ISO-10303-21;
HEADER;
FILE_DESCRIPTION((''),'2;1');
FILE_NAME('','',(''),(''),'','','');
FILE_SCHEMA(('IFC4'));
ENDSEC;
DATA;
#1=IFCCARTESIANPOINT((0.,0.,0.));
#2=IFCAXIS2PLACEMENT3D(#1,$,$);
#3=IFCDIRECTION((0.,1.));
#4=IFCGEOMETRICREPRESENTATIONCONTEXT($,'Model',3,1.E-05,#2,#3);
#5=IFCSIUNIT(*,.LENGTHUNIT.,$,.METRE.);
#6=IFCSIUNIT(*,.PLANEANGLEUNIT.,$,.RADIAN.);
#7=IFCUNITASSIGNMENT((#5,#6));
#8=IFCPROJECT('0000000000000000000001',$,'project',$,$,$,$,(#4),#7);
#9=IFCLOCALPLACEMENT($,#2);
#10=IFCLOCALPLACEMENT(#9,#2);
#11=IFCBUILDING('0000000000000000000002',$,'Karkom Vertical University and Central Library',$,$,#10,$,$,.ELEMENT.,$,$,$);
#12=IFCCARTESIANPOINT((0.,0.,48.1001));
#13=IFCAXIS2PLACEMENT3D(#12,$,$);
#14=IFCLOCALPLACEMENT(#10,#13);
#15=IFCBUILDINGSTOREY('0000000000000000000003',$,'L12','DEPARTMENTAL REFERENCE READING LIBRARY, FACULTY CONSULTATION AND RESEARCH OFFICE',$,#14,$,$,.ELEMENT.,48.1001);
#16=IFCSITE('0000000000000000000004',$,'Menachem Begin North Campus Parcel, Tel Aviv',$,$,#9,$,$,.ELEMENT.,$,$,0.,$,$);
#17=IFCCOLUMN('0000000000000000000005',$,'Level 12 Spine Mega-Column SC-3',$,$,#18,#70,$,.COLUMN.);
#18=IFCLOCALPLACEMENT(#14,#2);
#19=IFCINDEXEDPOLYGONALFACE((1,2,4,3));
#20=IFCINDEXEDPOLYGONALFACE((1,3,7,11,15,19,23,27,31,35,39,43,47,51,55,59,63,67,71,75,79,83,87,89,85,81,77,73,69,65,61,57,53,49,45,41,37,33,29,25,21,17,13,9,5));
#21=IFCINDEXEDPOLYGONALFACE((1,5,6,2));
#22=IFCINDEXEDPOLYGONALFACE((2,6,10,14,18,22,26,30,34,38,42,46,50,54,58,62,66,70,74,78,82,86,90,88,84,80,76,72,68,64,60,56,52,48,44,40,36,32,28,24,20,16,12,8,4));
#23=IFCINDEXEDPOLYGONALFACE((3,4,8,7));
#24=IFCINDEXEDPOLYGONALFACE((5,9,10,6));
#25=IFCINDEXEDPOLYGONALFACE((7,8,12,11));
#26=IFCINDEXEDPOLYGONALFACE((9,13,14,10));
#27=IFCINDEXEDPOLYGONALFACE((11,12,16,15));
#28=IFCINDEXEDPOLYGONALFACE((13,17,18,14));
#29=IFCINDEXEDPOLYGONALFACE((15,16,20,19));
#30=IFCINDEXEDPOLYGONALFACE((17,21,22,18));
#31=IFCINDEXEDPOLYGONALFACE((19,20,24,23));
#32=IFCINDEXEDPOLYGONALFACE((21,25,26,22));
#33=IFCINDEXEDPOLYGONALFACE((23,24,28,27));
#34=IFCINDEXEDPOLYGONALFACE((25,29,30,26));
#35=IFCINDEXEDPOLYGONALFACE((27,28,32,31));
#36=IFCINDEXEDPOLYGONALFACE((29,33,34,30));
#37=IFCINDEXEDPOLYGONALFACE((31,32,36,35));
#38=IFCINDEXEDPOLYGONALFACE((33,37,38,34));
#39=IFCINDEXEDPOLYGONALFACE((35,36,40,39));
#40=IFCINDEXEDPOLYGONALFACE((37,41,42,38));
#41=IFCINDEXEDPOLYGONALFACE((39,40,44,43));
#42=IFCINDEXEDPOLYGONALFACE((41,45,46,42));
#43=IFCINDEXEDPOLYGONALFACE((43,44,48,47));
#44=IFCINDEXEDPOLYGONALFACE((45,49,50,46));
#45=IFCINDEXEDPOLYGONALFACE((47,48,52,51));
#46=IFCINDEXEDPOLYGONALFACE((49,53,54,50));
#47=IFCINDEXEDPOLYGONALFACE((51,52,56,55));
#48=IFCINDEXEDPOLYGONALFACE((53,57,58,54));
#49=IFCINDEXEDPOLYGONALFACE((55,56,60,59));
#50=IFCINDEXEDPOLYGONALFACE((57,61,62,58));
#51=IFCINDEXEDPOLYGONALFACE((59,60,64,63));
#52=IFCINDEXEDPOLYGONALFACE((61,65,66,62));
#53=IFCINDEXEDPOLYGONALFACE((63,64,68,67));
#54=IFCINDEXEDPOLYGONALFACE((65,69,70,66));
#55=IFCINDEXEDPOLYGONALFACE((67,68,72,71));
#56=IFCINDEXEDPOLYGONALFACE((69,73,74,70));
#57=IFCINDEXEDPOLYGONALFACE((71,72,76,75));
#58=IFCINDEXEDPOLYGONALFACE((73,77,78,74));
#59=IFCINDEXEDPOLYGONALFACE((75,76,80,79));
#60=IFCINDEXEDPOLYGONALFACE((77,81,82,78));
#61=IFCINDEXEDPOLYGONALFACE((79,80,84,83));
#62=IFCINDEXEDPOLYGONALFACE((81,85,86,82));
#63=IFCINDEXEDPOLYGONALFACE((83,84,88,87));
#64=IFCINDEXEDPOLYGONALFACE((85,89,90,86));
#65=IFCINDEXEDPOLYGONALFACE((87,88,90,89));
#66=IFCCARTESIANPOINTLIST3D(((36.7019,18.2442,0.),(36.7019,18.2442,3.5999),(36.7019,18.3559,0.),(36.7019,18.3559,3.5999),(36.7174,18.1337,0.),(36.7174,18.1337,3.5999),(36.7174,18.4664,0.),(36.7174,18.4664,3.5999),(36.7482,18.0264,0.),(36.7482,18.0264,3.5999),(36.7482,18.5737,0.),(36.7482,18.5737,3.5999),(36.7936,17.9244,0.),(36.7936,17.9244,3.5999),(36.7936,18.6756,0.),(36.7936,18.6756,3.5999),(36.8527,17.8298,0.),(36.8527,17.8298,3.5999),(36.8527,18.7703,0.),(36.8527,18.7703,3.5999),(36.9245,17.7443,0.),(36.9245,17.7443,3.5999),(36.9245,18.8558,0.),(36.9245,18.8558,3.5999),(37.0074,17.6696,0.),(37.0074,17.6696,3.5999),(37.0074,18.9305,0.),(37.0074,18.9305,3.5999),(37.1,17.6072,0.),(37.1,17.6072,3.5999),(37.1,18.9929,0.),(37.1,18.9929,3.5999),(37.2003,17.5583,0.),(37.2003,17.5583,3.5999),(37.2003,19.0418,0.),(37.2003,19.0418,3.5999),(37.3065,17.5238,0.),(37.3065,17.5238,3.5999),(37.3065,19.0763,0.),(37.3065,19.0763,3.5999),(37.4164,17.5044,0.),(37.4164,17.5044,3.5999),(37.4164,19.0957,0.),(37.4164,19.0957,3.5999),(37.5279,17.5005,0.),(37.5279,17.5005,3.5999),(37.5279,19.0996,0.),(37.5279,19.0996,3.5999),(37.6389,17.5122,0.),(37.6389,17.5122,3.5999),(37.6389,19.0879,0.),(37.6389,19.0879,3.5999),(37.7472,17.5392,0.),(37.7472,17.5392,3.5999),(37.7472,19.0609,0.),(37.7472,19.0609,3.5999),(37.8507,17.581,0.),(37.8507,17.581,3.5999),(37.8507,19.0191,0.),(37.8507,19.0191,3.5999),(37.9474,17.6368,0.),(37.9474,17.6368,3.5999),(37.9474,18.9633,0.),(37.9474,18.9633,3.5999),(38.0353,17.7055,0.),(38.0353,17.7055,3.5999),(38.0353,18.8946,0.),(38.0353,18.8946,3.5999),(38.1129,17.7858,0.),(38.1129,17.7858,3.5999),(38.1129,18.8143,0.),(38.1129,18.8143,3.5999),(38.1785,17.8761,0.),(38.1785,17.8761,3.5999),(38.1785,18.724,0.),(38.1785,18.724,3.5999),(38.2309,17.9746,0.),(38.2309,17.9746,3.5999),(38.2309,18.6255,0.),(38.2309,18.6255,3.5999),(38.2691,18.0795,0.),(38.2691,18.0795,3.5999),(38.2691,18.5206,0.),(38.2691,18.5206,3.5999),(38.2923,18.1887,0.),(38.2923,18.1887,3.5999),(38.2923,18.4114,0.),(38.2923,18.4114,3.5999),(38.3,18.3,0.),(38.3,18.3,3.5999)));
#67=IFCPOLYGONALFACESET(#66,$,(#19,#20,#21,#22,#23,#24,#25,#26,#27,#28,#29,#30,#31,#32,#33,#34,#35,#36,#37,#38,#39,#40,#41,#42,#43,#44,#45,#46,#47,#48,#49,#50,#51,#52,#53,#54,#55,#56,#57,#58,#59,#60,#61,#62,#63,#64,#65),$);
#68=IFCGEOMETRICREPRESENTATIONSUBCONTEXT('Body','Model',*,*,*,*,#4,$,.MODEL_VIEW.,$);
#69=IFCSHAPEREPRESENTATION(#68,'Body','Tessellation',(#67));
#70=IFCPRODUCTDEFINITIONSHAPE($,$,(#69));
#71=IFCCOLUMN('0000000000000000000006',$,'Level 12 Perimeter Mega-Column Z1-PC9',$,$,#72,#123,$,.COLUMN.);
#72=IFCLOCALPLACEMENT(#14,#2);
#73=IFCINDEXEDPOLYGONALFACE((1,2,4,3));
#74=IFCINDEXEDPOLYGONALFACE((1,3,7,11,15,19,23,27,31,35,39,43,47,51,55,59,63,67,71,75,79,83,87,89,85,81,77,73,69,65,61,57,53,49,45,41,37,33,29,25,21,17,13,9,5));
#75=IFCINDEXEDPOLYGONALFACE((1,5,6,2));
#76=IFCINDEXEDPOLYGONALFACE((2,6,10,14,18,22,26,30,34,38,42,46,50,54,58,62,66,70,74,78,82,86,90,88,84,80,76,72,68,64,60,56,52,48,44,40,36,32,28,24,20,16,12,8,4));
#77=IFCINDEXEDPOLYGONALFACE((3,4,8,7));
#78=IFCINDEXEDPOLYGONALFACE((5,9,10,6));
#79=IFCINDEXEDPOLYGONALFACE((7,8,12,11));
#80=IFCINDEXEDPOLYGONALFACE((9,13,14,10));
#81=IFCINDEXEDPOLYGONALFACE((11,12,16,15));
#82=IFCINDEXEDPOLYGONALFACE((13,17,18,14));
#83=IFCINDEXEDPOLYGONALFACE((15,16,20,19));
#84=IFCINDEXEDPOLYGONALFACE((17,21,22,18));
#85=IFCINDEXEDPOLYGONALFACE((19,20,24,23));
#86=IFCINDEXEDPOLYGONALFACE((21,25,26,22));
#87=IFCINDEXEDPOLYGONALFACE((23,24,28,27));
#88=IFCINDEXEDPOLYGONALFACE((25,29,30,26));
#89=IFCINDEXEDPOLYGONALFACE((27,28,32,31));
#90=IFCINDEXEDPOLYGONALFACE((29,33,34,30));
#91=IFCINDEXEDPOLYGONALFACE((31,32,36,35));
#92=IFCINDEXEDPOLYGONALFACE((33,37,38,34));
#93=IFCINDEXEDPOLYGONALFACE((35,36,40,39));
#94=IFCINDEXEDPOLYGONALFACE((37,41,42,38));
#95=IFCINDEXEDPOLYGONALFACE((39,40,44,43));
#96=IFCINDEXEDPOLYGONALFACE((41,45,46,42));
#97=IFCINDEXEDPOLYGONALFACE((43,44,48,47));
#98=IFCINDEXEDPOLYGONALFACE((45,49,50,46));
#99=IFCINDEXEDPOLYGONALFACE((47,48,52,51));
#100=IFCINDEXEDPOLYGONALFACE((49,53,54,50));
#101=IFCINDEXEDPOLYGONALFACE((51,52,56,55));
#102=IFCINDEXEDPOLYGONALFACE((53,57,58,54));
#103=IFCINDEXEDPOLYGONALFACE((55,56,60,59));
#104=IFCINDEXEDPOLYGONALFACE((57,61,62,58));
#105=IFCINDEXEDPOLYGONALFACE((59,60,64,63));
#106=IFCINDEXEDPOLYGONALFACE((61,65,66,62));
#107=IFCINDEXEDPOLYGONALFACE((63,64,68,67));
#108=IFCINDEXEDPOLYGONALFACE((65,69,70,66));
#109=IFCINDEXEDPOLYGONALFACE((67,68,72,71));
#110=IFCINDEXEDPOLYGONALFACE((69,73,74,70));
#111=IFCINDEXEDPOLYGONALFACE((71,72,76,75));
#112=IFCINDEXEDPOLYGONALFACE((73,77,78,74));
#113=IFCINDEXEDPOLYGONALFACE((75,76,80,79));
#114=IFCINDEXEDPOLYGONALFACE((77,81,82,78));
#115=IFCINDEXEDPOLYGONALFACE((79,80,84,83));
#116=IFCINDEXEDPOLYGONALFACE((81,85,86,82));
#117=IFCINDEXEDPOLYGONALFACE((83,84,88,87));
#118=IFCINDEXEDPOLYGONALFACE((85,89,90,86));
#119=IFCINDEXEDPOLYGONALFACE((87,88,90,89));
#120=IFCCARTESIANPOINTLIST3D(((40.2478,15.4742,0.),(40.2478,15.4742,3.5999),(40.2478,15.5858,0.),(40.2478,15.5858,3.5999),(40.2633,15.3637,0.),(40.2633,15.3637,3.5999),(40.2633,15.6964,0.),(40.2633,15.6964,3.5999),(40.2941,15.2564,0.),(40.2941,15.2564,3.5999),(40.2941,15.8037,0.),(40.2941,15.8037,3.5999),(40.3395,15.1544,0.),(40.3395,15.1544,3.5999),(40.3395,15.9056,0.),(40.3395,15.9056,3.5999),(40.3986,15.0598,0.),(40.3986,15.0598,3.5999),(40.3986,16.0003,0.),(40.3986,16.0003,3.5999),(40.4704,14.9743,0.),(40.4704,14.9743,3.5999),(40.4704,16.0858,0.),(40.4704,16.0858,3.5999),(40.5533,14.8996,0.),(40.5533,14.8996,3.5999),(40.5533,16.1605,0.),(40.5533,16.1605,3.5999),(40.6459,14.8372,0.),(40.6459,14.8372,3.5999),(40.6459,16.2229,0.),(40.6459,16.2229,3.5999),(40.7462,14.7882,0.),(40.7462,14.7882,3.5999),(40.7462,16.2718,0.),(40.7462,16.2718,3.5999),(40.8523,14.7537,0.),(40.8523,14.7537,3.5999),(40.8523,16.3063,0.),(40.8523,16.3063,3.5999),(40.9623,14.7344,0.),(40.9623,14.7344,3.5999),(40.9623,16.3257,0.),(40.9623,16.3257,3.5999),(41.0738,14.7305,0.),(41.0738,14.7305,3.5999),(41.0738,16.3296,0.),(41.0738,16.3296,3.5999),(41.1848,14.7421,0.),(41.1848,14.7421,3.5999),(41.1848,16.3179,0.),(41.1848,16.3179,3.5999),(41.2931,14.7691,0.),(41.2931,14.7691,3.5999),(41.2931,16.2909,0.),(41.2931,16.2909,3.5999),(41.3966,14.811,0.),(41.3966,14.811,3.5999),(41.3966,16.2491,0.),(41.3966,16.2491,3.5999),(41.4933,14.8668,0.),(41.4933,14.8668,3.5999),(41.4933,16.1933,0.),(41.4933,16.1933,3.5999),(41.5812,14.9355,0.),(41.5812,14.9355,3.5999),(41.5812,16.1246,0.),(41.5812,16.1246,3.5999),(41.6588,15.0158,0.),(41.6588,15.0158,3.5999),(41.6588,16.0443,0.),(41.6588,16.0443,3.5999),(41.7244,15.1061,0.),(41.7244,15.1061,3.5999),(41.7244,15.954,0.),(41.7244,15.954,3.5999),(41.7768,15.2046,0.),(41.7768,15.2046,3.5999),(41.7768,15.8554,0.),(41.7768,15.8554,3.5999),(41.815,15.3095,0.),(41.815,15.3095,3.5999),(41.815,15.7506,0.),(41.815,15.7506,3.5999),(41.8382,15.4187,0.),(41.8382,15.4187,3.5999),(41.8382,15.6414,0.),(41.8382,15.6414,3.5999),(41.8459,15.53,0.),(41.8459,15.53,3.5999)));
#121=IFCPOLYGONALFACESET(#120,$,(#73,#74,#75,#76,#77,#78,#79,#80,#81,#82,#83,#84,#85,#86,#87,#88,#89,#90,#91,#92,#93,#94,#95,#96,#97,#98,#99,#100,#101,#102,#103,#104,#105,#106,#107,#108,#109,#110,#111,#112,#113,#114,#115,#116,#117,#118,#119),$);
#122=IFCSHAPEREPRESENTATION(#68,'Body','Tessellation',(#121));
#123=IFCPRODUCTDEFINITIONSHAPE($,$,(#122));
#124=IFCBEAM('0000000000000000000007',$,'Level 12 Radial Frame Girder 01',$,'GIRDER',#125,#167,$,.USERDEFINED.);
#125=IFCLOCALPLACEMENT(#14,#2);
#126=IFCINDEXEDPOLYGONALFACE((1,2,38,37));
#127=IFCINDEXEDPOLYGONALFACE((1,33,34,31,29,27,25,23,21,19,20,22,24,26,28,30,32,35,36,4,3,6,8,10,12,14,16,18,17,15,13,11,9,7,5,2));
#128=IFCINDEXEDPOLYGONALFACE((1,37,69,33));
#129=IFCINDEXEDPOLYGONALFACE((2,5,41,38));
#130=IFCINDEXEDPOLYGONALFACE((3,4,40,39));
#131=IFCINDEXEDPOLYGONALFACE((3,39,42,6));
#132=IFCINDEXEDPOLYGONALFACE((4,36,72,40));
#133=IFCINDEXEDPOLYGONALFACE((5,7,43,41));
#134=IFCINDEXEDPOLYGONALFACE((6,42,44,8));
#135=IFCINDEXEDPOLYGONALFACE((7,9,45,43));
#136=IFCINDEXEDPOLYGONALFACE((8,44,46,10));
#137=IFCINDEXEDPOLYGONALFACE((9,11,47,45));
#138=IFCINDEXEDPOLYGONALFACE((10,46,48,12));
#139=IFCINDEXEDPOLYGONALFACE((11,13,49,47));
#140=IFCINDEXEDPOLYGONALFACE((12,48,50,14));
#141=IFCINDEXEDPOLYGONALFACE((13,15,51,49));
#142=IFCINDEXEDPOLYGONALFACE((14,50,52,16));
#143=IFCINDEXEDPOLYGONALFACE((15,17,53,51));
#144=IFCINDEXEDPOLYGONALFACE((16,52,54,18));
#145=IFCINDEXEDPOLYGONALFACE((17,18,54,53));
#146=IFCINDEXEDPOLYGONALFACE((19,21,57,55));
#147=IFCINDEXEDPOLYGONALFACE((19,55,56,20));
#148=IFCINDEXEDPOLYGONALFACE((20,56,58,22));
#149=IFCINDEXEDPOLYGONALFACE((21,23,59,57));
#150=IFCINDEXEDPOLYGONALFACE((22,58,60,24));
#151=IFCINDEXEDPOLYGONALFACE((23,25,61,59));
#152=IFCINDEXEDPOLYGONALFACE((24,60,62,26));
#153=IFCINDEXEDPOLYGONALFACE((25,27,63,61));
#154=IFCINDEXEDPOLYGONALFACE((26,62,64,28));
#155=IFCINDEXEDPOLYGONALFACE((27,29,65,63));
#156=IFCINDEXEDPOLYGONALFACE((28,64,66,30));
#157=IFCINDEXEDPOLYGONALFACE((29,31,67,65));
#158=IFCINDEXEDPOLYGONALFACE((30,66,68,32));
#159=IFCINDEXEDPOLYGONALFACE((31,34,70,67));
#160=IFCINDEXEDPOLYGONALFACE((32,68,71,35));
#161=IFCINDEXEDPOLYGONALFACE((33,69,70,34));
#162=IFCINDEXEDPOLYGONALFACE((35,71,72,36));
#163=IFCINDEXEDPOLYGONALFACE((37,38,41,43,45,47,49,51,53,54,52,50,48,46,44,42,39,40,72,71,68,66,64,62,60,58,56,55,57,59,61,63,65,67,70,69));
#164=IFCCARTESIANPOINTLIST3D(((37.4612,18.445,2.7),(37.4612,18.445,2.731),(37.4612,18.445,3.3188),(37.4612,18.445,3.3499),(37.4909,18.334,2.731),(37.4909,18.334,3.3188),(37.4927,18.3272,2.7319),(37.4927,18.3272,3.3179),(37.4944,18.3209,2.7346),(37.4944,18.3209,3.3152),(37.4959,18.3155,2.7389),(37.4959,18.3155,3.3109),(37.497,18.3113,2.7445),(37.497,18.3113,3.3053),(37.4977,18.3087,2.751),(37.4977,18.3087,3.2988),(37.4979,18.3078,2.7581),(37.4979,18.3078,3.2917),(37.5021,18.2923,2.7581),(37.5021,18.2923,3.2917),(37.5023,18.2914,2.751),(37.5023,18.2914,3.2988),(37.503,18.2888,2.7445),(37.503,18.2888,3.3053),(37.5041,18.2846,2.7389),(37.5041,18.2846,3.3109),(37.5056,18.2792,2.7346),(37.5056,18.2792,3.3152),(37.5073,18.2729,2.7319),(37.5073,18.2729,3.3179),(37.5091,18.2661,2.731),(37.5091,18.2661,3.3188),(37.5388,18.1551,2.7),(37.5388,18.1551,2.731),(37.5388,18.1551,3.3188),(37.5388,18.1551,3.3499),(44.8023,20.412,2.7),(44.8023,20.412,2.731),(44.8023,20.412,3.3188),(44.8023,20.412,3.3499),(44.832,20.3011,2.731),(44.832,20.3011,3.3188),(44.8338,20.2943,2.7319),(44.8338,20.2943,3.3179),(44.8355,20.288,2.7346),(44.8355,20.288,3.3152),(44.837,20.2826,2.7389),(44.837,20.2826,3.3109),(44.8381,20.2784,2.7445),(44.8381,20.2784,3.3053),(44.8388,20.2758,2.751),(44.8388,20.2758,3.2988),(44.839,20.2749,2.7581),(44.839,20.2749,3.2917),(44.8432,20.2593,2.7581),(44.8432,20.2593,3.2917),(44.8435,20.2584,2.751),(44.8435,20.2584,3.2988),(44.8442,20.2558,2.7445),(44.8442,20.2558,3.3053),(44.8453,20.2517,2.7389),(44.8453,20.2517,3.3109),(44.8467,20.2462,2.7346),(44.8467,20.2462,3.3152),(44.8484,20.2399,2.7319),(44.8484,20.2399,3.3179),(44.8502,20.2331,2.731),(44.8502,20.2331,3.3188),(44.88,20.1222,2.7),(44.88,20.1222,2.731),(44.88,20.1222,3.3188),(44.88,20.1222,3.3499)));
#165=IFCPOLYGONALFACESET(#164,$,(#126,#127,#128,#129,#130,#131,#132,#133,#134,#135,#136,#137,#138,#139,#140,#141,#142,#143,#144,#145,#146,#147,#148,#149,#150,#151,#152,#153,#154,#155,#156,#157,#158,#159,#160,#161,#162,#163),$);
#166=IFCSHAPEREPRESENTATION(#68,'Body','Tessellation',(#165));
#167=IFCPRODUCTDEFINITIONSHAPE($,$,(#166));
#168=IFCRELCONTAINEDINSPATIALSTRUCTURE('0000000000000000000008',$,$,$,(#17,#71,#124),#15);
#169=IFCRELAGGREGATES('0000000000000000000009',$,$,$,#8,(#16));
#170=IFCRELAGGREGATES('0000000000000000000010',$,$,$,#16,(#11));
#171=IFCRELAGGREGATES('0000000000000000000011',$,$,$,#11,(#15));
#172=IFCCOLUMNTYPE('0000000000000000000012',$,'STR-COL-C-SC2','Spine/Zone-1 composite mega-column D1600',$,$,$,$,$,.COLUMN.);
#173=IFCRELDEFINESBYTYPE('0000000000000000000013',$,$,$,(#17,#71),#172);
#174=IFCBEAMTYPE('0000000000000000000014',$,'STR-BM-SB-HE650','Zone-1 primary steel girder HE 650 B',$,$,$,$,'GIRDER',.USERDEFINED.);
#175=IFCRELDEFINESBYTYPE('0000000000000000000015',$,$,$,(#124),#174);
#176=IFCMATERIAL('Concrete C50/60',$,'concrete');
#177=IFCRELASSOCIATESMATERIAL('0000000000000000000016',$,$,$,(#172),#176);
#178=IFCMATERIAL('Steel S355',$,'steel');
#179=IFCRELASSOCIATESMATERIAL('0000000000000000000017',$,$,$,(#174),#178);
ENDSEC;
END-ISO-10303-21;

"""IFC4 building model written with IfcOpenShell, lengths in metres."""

from ifc_helpers import new_model, si_unit, direction, frame, origin, origin_with_axes, origin_2d, place, context, subcontext, project, spatial, circle, i_section, extrude, source, transform, mapped, material, material_profile, profile_set, type_object, element, save


model = new_model("IFC4")

# Units and contexts
model_context = context("Model", 3, precision=1e-05, world=origin(), true_north=direction((0.0, 1.0)))
body_context = subcontext(model_context, "Body", "Model", "MODEL_VIEW")
ifc_project = project(units=[si_unit("LENGTHUNIT", "METRE"), si_unit("PLANEANGLEUNIT", "RADIAN")], contexts=[model_context])

# Site, building, storey
site_placement = place(None, origin())
site = spatial("IfcSite", under=ifc_project, at=site_placement, Name="Menachem Begin North Campus Parcel, Tel Aviv", CompositionType="ELEMENT", RefElevation=0.0)
building_placement = place(site_placement, origin())
building = spatial("IfcBuilding", under=site, at=building_placement, Name="Karkom Vertical University and Central Library", CompositionType="ELEMENT")
storey_placement = place(building_placement, frame((0.0, 0.0, 48.1001)))
storey = spatial("IfcBuildingStorey", under=building, at=storey_placement, Name="L12", Description="DEPARTMENTAL REFERENCE READING LIBRARY, FACULTY CONSULTATION AND RESEARCH OFFICE", CompositionType="ELEMENT", Elevation=48.1001)

# Columns
ifc_material_1 = material(Name="Concrete C50/60", Category="concrete")
ifc_material_profile_1 = material_profile(ifc_material_1, circle(Radius=0.8, at=origin_2d()), Name="CFT-D1600")
ifc_profile_set_1 = profile_set([ifc_material_profile_1], Name="Concrete C50/60")
column_type = type_object("IfcColumnType", Name="STR-COL-C-SC2", Description="Spine/Zone-1 composite mega-column D1600", PredefinedType="COLUMN", material=ifc_profile_set_1)
shared_shape_1 = source(origin_with_axes(), body_context, "Body", "SweptSolid", [
    extrude(circle(Radius=0.8, at=origin_2d()), origin(), (0.0, 0.0, 1.0), 3.5999),
])
for number, where, z_axis, x_axis, name in (
    (1, (37.5, 18.3, 0.0), (0.0, 0.0, 1.0), (1.0, 0.0, 0.0), "Level 12 Spine Mega-Column SC-3"),
    (2, (41.0459, 15.53, 0.0), (0.0, 0.0, 1.0), (1.0, 0.0, 0.0), "Level 12 Perimeter Mega-Column Z1-PC9"),
):
    element("IfcColumn", number, at=place(storey_placement, frame(where, z_axis=z_axis, x_axis=x_axis)), inside=storey, type_object=column_type, Name=name, PredefinedType="COLUMN", context=body_context, shape_type="MappedRepresentation", body=[
        mapped(shared_shape_1, transform((0.0, 0.0, 0.0), scale=1.0)),
    ])

# Beam
ifc_material_2 = material(Name="Steel S355", Category="steel")
ifc_material_profile_2 = material_profile(ifc_material_2, i_section(OverallWidth=0.3, OverallDepth=0.6499, WebThickness=0.0161, FlangeThickness=0.031, FilletRadius=0.0271, at=origin_2d()), Name="HE 650 B")
ifc_profile_set_2 = profile_set([ifc_material_profile_2], Name="Steel S355")
beam_type_1 = type_object("IfcBeamType", Name="STR-BM-SB-HE650", Description="Zone-1 primary steel girder HE 650 B", ElementType="GIRDER", PredefinedType="USERDEFINED", material=ifc_profile_set_2)
shared_shape_2 = source(origin_with_axes(), body_context, "Body", "SweptSolid", [
    extrude(i_section(OverallWidth=0.3, OverallDepth=0.6499, WebThickness=0.0161, FlangeThickness=0.031, FilletRadius=0.0271, at=origin_2d()), origin(), (0.0, 0.0, 1.0), 7.6001),
])
beam_1_placement = place(storey_placement, frame((37.5, 18.3, 3.0249), z_axis=(0.965926, 0.25882, 0.0), x_axis=(-0.25882, 0.965926, 0.0)))
element("IfcBeam", 3, at=beam_1_placement, inside=storey, type_object=beam_type_1, Name="Level 12 Radial Frame Girder 01", ObjectType="GIRDER", PredefinedType="USERDEFINED", context=body_context, shape_type="MappedRepresentation", body=[
    mapped(shared_shape_2, transform((0.0, 0.0, 0.0), scale=1.0)),
])

save(model, "model.ifc")
